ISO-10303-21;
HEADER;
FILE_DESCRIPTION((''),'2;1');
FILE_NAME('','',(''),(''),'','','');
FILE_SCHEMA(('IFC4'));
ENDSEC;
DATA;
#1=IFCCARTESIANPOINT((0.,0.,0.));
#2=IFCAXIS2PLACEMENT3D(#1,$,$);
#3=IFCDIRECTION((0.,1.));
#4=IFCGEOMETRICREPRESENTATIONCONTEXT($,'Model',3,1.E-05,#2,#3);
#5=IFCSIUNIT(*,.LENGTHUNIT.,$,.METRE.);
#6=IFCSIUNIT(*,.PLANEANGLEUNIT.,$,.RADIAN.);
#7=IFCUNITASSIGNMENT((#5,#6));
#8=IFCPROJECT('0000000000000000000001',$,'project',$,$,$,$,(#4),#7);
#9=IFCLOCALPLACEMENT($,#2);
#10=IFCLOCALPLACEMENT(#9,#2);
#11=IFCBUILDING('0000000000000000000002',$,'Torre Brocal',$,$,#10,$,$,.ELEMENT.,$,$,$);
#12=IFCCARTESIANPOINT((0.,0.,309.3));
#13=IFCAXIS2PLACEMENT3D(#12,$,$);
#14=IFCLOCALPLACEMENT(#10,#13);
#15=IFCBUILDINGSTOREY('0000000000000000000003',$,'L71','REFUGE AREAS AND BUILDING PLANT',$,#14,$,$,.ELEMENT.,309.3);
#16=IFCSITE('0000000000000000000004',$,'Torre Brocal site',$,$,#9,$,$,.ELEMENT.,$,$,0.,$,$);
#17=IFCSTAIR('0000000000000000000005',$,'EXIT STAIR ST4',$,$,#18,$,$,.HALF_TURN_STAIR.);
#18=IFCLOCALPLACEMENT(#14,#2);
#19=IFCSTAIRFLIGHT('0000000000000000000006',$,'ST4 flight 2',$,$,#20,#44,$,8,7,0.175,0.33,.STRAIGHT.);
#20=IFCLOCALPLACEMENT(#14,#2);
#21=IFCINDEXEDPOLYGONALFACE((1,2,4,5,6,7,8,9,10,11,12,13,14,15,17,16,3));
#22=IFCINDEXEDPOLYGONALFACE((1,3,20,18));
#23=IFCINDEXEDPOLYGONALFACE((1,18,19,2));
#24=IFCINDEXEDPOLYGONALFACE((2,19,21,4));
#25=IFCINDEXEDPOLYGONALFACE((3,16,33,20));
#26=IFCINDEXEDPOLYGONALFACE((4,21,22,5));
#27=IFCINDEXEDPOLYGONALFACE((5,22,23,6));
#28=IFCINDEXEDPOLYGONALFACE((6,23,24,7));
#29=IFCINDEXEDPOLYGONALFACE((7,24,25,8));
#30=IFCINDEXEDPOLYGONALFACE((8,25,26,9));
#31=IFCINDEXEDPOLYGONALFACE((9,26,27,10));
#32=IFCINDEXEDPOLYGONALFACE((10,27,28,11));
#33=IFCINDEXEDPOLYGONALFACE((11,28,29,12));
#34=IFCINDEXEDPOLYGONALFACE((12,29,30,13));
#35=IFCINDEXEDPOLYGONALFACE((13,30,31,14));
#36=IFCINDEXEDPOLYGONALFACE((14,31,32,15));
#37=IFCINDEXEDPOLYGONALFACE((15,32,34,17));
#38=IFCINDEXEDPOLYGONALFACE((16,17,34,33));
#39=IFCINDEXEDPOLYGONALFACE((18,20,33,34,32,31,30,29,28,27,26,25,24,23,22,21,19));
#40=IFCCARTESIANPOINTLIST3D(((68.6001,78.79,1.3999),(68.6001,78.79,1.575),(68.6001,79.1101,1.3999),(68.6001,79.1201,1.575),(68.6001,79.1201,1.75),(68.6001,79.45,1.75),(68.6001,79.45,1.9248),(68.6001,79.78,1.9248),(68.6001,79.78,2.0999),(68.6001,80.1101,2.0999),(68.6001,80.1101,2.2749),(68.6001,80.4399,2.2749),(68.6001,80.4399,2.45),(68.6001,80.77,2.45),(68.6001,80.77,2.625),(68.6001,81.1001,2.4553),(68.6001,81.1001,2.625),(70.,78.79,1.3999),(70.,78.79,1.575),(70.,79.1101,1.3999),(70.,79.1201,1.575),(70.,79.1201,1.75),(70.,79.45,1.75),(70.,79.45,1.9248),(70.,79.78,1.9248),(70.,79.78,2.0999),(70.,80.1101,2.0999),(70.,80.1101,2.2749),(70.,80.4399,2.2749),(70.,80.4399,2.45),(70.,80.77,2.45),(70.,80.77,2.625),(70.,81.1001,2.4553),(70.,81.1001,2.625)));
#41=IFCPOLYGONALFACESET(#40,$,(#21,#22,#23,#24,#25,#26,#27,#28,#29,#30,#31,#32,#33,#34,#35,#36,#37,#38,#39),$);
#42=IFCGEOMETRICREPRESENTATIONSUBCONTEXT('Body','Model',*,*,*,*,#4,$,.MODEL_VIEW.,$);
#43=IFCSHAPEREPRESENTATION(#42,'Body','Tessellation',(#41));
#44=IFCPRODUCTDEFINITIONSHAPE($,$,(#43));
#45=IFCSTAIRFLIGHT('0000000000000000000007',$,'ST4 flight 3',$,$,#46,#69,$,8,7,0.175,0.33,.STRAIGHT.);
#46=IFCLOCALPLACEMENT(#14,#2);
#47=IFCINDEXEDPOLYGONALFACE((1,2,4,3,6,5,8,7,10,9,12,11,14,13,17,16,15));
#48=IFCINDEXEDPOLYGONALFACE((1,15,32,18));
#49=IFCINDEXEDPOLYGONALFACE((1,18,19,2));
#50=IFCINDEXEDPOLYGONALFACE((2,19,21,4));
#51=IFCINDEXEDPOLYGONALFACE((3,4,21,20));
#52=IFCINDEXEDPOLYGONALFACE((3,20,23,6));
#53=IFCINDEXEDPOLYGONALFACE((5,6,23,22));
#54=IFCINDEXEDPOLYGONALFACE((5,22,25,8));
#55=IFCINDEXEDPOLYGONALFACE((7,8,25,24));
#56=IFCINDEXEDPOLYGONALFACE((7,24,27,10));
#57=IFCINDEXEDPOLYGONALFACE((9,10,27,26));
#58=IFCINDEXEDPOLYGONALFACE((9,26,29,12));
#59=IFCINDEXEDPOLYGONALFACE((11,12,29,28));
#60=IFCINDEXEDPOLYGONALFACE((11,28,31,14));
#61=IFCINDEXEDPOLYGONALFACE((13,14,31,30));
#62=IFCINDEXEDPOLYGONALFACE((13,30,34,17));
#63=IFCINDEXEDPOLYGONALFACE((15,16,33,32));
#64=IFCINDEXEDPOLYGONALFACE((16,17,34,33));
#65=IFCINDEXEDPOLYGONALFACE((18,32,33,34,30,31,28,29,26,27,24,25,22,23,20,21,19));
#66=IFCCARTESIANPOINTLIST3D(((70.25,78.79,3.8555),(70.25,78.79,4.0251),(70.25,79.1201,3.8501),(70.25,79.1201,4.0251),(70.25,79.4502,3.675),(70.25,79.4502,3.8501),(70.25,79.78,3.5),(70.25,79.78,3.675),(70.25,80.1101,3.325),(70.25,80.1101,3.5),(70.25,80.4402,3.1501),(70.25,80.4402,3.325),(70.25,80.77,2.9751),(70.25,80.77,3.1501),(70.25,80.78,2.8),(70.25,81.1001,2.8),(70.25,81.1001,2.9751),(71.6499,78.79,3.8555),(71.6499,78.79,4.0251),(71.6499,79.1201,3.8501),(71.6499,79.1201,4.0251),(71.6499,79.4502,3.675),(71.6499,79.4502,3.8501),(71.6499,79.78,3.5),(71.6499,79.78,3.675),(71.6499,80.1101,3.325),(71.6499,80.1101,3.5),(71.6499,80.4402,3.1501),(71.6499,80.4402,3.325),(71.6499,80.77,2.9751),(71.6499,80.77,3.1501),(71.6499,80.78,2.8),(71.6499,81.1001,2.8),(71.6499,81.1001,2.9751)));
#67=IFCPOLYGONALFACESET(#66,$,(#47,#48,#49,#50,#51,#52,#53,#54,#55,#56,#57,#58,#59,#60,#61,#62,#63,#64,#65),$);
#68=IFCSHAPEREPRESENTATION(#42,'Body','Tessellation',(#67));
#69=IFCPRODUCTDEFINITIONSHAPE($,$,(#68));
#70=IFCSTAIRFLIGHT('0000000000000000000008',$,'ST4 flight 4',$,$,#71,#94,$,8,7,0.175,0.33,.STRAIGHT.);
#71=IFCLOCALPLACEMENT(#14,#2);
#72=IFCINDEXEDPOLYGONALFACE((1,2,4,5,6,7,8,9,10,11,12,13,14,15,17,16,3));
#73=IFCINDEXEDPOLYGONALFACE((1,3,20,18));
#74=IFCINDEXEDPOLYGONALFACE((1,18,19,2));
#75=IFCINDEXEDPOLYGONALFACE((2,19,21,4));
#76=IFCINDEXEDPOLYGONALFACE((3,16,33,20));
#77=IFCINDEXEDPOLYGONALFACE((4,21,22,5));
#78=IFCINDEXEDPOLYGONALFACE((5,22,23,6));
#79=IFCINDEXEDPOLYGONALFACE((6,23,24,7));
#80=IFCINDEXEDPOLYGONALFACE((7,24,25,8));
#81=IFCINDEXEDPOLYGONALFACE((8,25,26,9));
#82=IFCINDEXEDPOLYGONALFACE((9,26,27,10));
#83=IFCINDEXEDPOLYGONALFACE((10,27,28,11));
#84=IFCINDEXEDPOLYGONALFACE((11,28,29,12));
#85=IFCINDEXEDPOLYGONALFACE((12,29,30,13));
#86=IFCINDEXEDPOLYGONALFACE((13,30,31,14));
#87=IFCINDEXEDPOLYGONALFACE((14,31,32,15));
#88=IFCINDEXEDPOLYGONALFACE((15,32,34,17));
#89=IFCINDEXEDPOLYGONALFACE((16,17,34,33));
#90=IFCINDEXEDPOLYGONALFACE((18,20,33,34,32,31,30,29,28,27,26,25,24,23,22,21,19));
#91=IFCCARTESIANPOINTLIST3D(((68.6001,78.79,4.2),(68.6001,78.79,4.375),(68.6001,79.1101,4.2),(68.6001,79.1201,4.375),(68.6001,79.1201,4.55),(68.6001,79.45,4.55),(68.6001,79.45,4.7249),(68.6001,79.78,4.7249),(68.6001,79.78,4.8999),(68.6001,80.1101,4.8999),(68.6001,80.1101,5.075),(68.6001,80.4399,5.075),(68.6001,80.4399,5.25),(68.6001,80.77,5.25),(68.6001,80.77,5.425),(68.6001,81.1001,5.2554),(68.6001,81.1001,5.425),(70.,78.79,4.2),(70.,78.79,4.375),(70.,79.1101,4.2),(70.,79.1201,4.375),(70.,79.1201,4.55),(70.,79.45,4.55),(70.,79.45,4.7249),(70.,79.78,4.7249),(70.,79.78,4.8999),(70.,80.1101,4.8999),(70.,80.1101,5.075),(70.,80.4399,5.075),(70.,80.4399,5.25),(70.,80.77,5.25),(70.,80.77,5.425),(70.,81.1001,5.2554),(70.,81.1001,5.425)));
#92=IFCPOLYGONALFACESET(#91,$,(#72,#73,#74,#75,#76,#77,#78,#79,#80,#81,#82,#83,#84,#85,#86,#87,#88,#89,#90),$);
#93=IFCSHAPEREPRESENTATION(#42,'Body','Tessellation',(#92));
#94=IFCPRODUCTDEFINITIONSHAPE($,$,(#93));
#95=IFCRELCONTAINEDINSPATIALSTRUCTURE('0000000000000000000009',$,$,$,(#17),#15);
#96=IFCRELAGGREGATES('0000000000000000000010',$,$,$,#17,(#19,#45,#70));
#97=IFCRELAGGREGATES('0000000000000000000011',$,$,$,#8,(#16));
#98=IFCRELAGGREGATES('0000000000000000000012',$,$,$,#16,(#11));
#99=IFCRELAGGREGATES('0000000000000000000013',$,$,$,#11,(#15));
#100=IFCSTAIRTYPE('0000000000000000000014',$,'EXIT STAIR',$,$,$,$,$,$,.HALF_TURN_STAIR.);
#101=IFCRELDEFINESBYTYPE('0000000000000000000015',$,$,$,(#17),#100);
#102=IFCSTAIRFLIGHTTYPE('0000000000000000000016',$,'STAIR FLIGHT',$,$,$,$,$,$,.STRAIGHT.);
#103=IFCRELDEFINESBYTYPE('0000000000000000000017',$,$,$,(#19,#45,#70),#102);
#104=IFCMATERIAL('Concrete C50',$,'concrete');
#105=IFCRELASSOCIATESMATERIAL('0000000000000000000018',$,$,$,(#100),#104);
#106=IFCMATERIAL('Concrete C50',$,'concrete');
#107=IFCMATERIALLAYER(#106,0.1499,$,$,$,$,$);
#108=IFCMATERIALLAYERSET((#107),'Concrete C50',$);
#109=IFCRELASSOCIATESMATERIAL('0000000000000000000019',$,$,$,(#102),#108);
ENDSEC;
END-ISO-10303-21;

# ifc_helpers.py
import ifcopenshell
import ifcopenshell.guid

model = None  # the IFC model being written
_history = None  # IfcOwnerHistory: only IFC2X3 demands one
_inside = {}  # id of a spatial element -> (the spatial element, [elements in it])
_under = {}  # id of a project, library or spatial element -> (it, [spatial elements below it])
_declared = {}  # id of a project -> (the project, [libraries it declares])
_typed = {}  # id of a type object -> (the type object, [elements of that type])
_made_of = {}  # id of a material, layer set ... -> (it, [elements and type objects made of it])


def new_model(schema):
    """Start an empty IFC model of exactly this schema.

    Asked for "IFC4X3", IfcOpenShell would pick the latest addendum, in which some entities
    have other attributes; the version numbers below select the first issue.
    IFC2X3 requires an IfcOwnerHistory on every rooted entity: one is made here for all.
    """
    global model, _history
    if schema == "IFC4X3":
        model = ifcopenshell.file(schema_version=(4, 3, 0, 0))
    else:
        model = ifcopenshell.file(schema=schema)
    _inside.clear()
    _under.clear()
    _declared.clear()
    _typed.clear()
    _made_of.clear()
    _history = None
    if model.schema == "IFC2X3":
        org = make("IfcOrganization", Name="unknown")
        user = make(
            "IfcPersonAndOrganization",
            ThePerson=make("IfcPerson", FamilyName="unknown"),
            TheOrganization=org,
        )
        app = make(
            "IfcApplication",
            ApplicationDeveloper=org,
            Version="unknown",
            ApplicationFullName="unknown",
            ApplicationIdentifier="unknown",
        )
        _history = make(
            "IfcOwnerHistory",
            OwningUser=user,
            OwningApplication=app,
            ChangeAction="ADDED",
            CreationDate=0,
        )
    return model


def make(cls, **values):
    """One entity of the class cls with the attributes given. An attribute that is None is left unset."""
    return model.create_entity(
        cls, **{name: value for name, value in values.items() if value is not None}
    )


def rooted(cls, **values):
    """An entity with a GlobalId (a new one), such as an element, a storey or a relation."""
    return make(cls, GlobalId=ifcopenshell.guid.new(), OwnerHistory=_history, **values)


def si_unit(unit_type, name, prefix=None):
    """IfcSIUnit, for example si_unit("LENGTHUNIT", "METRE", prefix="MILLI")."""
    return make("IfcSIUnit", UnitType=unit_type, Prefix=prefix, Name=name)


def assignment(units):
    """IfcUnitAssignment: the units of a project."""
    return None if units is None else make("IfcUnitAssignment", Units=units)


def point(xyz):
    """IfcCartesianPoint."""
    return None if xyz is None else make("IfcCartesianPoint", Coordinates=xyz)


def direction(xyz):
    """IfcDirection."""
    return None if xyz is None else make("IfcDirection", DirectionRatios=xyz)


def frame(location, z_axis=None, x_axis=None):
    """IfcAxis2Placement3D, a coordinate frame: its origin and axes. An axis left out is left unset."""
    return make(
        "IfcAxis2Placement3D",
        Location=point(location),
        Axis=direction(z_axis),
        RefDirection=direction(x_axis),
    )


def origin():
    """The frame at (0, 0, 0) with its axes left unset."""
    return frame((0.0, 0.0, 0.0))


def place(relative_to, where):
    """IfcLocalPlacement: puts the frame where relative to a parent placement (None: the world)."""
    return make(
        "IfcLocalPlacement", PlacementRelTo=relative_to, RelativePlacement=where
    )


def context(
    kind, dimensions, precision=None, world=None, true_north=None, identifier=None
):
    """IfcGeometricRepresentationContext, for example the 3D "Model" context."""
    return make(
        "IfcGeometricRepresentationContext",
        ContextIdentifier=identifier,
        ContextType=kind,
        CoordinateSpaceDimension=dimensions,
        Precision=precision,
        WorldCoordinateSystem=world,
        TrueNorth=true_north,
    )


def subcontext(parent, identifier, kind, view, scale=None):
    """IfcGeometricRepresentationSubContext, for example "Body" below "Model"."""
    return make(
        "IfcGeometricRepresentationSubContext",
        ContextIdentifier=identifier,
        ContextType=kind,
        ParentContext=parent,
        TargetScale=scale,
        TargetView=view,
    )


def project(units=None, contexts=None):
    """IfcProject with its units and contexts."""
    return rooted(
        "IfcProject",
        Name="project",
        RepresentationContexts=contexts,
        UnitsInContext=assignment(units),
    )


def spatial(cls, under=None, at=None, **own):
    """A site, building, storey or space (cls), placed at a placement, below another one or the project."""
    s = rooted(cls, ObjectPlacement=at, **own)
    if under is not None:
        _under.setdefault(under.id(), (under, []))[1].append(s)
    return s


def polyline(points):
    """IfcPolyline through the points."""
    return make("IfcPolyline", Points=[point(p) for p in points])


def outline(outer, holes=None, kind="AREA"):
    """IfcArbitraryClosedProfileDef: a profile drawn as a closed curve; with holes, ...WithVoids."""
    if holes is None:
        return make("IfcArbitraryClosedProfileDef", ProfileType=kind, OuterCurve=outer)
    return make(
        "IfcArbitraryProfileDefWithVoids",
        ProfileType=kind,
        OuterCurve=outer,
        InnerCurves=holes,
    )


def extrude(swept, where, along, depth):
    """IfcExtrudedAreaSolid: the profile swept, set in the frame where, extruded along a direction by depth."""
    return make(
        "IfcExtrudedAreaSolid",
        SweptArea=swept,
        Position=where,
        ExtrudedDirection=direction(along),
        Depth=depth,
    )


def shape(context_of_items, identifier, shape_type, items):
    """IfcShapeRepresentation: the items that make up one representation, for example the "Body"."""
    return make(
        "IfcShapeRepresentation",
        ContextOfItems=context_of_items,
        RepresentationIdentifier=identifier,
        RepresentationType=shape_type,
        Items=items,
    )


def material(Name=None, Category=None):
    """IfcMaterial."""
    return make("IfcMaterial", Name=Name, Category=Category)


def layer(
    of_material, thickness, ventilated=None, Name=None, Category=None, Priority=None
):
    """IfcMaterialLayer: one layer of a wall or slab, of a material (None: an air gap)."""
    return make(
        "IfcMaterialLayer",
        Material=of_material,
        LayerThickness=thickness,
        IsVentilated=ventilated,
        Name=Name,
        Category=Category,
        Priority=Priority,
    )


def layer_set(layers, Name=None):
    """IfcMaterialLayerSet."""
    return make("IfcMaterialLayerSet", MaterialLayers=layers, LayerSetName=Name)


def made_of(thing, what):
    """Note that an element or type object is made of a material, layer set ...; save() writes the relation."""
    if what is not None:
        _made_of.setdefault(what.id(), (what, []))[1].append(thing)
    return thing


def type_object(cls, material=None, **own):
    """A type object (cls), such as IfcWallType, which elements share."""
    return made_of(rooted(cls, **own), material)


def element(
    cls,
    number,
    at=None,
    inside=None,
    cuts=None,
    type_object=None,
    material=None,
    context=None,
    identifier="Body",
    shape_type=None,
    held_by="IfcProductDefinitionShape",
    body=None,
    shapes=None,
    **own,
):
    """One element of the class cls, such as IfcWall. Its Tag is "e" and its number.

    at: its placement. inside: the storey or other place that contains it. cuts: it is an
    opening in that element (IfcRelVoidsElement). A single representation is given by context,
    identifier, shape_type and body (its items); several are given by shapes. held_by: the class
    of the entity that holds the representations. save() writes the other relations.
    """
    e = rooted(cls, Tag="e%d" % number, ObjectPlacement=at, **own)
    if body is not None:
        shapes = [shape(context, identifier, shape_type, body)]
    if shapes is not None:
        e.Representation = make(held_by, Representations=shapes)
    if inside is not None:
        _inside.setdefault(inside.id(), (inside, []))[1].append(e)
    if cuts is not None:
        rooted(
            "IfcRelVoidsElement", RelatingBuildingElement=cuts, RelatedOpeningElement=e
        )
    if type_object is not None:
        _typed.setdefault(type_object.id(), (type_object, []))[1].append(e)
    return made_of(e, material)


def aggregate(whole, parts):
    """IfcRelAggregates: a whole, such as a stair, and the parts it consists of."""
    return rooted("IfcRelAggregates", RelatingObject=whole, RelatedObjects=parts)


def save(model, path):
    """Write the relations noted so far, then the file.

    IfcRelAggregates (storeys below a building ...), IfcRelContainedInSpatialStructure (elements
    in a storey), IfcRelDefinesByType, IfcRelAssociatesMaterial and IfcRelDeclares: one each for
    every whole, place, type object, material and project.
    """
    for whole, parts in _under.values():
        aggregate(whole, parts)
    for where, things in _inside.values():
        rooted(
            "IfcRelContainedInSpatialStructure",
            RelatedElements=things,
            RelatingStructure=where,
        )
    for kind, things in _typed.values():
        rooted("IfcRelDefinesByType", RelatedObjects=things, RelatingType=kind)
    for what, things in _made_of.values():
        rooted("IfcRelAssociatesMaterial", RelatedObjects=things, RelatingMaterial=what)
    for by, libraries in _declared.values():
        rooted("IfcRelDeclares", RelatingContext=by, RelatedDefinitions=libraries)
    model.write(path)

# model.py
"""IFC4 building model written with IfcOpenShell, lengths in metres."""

from ifc_helpers import new_model, si_unit, direction, frame, origin, place, context, subcontext, project, spatial, polyline, outline, extrude, material, layer, layer_set, type_object, element, aggregate, save


model = new_model("IFC4")

# Units and contexts
model_context = context("Model", 3, precision=1e-05, world=origin(), true_north=direction((0.0, 1.0)))
body_context = subcontext(model_context, "Body", "Model", "MODEL_VIEW")
ifc_project = project(units=[si_unit("LENGTHUNIT", "METRE"), si_unit("PLANEANGLEUNIT", "RADIAN")], contexts=[model_context])

# Site, building, storey
site_placement = place(None, origin())
site = spatial("IfcSite", under=ifc_project, at=site_placement, Name="Torre Brocal site", CompositionType="ELEMENT", RefElevation=0.0)
building_placement = place(site_placement, origin())
building = spatial("IfcBuilding", under=site, at=building_placement, Name="Torre Brocal", CompositionType="ELEMENT")
storey_placement = place(building_placement, frame((0.0, 0.0, 309.3)))
storey = spatial("IfcBuildingStorey", under=building, at=storey_placement, Name="L71", Description="REFUGE AREAS AND BUILDING PLANT", CompositionType="ELEMENT", Elevation=309.3)

# Stair, stair flights
ifc_material_1 = material(Name="Concrete C50", Category="concrete")
stair_type = type_object("IfcStairType", Name="EXIT STAIR", PredefinedType="HALF_TURN_STAIR", material=ifc_material_1)
stair_placement = place(storey_placement, origin())
stair = element("IfcStair", 1, at=stair_placement, inside=storey, type_object=stair_type, Name="EXIT STAIR ST4", PredefinedType="HALF_TURN_STAIR")
ifc_material_2 = material(Name="Concrete C50", Category="concrete")
ifc_layer_1 = layer(ifc_material_2, 0.1499)
ifc_layer_set_1 = layer_set([ifc_layer_1], Name="Concrete C50")
stair_flight_type = type_object("IfcStairFlightType", Name="STAIR FLIGHT", PredefinedType="STRAIGHT", material=ifc_layer_set_1)
stair_flight_1_placement = place(storey_placement, frame((69.3, 78.79, 1.3999), z_axis=(0.0, 0.0, 1.0), x_axis=(0.0, 1.0, 0.0)))
stair_flight_1 = element("IfcStairFlight", 2, at=stair_flight_1_placement, type_object=stair_flight_type, Name="ST4 flight 2", NumberOfRisers=8, NumberOfTreads=7, PredefinedType="STRAIGHT", RiserHeight=0.175, TreadLength=0.33, context=body_context, shape_type="SweptSolid", body=[
    extrude(outline(polyline([(0.0, 0.0), (0.0, 0.175), (0.3301, 0.175), (0.3301, 0.3501), (0.6599, 0.3501), (0.6599, 0.5249), (0.99, 0.5249), (0.99, 0.7), (1.3201, 0.7), (1.3201, 0.875), (1.6499, 0.875), (1.6499, 1.05), (1.98, 1.05), (1.98, 1.2251), (2.3101, 1.2251), (2.3101, 1.3999), (2.3101, 1.0554), (0.3201, 0.0), (0.0, 0.0)])), frame((0.0, 0.7, 0.0), z_axis=(0.0, -1.0, 0.0), x_axis=(1.0, 0.0, 0.0)), (0.0, 0.0, 1.0), 1.3999),
])
stair_flight_2_placement = place(storey_placement, frame((70.95, 81.1001, 2.8), z_axis=(0.0, 0.0, 1.0), x_axis=(0.0, -1.0, 0.0)))
stair_flight_2 = element("IfcStairFlight", 3, at=stair_flight_2_placement, type_object=stair_flight_type, Name="ST4 flight 3", NumberOfRisers=8, NumberOfTreads=7, PredefinedType="STRAIGHT", RiserHeight=0.175, TreadLength=0.33, context=body_context, shape_type="SweptSolid", body=[
    extrude(outline(polyline([(0.0, 0.0), (0.0, 0.175), (0.3301, 0.175), (0.3301, 0.3501), (0.6599, 0.3501), (0.6599, 0.5249), (0.99, 0.5249), (0.99, 0.7), (1.3201, 0.7), (1.3201, 0.875), (1.6499, 0.875), (1.6499, 1.05), (1.98, 1.05), (1.98, 1.2251), (2.3101, 1.2251), (2.3101, 1.3999), (2.3101, 1.0554), (0.3201, 0.0), (0.0, 0.0)])), frame((0.0, 0.7, 0.0), z_axis=(0.0, -1.0, 0.0), x_axis=(1.0, 0.0, 0.0)), (0.0, 0.0, 1.0), 1.3999),
])
stair_flight_3_placement = place(storey_placement, frame((69.3, 78.79, 4.2), z_axis=(0.0, 0.0, 1.0), x_axis=(0.0, 1.0, 0.0)))
stair_flight_3 = element("IfcStairFlight", 4, at=stair_flight_3_placement, type_object=stair_flight_type, Name="ST4 flight 4", NumberOfRisers=8, NumberOfTreads=7, PredefinedType="STRAIGHT", RiserHeight=0.175, TreadLength=0.33, context=body_context, shape_type="SweptSolid", body=[
    extrude(outline(polyline([(0.0, 0.0), (0.0, 0.175), (0.3301, 0.175), (0.3301, 0.3501), (0.6599, 0.3501), (0.6599, 0.5249), (0.99, 0.5249), (0.99, 0.7), (1.3201, 0.7), (1.3201, 0.875), (1.6499, 0.875), (1.6499, 1.05), (1.98, 1.05), (1.98, 1.2251), (2.3101, 1.2251), (2.3101, 1.3999), (2.3101, 1.0554), (0.3201, 0.0), (0.0, 0.0)])), frame((0.0, 0.7, 0.0), z_axis=(0.0, -1.0, 0.0), x_axis=(1.0, 0.0, 0.0)), (0.0, 0.0, 1.0), 1.3999),
])
aggregate(stair, [stair_flight_1, stair_flight_2, stair_flight_3])

save(model, "model.ifc")
